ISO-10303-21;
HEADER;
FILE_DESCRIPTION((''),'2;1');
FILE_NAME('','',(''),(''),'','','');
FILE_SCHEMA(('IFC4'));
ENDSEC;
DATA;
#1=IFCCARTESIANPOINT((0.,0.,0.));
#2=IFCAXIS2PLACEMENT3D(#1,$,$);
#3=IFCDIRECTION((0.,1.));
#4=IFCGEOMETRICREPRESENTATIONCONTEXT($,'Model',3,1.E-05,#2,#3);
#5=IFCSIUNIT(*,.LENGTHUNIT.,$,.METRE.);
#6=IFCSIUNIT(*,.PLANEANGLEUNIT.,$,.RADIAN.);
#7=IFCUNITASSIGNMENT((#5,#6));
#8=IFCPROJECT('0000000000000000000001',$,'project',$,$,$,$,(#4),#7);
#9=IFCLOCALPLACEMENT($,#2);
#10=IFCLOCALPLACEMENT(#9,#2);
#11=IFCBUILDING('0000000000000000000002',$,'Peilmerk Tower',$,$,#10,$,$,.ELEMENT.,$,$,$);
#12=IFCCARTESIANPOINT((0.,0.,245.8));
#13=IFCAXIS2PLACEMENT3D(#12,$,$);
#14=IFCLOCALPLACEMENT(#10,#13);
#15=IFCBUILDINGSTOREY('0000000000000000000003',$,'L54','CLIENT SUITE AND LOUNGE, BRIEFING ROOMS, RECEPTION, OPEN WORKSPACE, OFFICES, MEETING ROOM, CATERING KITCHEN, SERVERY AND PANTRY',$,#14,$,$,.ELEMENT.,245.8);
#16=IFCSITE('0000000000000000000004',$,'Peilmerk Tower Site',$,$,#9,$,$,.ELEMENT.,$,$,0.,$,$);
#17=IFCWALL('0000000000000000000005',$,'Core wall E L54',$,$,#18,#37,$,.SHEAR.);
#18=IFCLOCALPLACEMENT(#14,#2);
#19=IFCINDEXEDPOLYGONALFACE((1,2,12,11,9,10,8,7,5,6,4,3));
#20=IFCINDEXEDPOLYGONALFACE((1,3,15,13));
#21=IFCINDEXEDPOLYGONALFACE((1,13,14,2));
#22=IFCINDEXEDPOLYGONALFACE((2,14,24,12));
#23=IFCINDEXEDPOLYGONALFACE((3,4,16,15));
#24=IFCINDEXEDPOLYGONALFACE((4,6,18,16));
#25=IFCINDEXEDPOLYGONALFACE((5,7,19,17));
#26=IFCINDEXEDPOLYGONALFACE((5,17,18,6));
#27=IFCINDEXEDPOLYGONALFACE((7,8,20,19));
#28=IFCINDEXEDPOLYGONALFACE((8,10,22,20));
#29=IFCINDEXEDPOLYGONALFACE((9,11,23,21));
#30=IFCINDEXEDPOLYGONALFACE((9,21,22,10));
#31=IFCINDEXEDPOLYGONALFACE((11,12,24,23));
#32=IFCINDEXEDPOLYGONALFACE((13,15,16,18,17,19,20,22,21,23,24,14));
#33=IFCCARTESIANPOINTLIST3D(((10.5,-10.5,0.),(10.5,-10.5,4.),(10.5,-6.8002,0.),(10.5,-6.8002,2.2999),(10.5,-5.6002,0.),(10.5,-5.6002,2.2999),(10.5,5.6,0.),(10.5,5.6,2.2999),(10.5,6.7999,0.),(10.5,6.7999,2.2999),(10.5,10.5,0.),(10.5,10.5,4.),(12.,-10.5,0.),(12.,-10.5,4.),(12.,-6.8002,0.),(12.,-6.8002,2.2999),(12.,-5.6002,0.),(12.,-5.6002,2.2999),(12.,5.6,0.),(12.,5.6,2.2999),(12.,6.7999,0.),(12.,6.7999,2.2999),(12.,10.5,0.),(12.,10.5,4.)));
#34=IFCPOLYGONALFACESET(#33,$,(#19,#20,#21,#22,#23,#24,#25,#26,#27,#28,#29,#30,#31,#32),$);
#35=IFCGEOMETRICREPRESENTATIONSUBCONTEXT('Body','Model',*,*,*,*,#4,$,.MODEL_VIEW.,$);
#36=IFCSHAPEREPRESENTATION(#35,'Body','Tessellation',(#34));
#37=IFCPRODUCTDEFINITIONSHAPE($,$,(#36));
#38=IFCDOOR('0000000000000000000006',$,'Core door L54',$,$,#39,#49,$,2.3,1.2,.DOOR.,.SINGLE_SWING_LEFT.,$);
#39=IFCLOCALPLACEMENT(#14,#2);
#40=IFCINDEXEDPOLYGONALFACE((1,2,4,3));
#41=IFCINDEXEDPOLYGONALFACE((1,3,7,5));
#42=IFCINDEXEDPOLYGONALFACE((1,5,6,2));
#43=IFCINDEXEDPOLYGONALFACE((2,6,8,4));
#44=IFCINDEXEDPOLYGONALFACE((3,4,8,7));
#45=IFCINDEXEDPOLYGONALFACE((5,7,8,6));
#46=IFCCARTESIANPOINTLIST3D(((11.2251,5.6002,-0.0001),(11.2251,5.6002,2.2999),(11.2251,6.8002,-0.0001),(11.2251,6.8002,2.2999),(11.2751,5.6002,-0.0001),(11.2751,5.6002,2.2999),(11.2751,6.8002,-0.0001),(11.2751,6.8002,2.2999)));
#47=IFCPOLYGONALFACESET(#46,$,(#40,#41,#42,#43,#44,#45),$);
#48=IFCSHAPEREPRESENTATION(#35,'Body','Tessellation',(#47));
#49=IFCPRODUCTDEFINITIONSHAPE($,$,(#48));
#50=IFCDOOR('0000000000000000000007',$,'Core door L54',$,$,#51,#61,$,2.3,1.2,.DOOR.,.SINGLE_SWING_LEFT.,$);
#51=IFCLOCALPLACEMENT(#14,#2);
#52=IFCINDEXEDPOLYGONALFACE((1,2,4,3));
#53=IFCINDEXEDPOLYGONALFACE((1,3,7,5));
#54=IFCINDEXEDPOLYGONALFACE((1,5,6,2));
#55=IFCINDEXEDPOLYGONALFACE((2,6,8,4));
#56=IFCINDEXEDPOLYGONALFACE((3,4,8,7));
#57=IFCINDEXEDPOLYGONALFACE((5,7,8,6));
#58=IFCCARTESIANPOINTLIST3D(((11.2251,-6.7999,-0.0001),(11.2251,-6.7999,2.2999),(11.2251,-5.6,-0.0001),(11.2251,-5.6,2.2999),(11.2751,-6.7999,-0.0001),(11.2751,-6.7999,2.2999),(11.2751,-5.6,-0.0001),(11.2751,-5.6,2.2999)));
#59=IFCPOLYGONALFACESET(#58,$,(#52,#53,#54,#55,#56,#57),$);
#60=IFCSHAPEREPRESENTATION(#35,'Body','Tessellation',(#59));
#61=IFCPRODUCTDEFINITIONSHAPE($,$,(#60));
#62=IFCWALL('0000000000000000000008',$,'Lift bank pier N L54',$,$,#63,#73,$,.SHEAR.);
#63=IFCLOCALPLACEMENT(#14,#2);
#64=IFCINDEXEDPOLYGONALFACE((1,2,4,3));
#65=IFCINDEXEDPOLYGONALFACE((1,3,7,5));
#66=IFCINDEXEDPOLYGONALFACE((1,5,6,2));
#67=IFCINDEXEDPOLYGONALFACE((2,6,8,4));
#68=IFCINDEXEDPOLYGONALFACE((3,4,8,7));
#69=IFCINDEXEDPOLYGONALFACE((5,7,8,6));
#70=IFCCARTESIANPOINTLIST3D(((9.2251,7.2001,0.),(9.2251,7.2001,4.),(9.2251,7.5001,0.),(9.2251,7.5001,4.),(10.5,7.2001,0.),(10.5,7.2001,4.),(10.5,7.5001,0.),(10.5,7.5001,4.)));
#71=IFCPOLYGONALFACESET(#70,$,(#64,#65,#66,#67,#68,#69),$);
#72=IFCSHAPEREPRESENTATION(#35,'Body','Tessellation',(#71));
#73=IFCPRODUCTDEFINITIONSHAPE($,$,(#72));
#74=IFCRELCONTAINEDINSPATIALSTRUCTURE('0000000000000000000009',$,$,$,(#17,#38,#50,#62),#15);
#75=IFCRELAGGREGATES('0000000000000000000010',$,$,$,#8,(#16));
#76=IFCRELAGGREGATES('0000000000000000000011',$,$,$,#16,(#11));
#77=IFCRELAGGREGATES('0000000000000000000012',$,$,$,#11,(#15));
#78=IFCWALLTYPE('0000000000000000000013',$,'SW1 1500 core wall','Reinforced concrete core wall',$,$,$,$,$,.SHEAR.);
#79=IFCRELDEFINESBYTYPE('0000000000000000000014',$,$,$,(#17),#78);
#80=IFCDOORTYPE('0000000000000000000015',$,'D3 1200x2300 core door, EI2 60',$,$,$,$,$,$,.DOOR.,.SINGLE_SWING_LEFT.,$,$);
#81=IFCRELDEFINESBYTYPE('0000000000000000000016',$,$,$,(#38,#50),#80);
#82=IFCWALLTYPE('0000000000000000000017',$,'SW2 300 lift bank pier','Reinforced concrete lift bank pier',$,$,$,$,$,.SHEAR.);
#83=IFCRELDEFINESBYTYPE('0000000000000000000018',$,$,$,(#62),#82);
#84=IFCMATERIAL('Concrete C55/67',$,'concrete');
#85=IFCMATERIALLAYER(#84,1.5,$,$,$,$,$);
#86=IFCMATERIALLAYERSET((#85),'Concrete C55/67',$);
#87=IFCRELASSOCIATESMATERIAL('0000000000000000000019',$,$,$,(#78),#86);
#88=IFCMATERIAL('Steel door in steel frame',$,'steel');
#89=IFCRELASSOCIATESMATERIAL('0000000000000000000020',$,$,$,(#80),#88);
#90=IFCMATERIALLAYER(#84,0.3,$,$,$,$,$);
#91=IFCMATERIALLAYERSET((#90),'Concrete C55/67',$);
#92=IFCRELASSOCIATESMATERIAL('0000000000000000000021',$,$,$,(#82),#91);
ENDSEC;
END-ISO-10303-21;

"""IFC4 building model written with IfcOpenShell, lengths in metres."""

from ifc_helpers import new_model, si_unit, direction, frame, frame_2d, origin, place, context, subcontext, project, spatial, rectangle, extrude, material, layer, layer_set, type_object, element, fill, save


model = new_model("IFC4")

# Units and contexts
model_context = context("Model", 3, precision=1e-05, world=origin(), true_north=direction((0.0, 1.0)))
body_context = subcontext(model_context, "Body", "Model", "MODEL_VIEW")
ifc_project = project(units=[si_unit("LENGTHUNIT", "METRE"), si_unit("PLANEANGLEUNIT", "RADIAN")], contexts=[model_context])

# Site, building, storey
site_placement = place(None, origin())
site = spatial("IfcSite", under=ifc_project, at=site_placement, Name="Peilmerk Tower Site", CompositionType="ELEMENT", RefElevation=0.0)
building_placement = place(site_placement, origin())
building = spatial("IfcBuilding", under=site, at=building_placement, Name="Peilmerk Tower", CompositionType="ELEMENT")
storey_placement = place(building_placement, frame((0.0, 0.0, 245.8)))
storey = spatial("IfcBuildingStorey", under=building, at=storey_placement, Name="L54", Description="CLIENT SUITE AND LOUNGE, BRIEFING ROOMS, RECEPTION, OPEN WORKSPACE, OFFICES, MEETING ROOM, CATERING KITCHEN, SERVERY AND PANTRY", CompositionType="ELEMENT", Elevation=245.8)

# Shared definitions
ifc_material_1 = material(Name="Steel door in steel frame", Category="steel")

# Wall, openings, doors
ifc_material_2 = material(Name="Concrete C55/67", Category="concrete")
ifc_layer_1 = layer(ifc_material_2, 1.5)
ifc_layer_set_1 = layer_set([ifc_layer_1], Name="Concrete C55/67")
wall_type_1 = type_object("IfcWallType", Name="SW1 1500 core wall", Description="Reinforced concrete core wall", PredefinedType="SHEAR", material=ifc_layer_set_1)
wall_1_placement = place(storey_placement, frame((11.25, 10.5, 0.0), z_axis=(0.0, 0.0, 1.0), x_axis=(0.0, -1.0, 0.0)))
wall_1 = element("IfcWall", 1, at=wall_1_placement, inside=storey, type_object=wall_type_1, Name="Core wall E L54", PredefinedType="SHEAR", context=body_context, shape_type="SweptSolid", body=[
    extrude(rectangle(XDim=21.0, YDim=1.5, at=frame_2d((10.5, 0.0))), origin(), (0.0, 0.0, 1.0), 4.0),
])
opening_1_placement = place(wall_1_placement, frame((3.7, 0.0, 0.0)))
opening_1 = element("IfcOpeningElement", 2, at=opening_1_placement, cuts=wall_1, PredefinedType="OPENING", context=body_context, shape_type="SweptSolid", body=[
    extrude(rectangle(XDim=1.2, YDim=2.3, at=frame_2d((0.6001, 1.1499))), frame((0.0, 0.76, 0.0), z_axis=(0.0, -1.0, 0.0), x_axis=(1.0, 0.0, 0.0)), (0.0, 0.0, 1.0), 1.52),
])
opening_2_placement = place(wall_1_placement, frame((16.1001, 0.0, 0.0)))
opening_2 = element("IfcOpeningElement", 3, at=opening_2_placement, cuts=wall_1, PredefinedType="OPENING", context=body_context, shape_type="SweptSolid", body=[
    extrude(rectangle(XDim=1.2, YDim=2.3, at=frame_2d((0.6001, 1.1499))), frame((0.0, 0.76, 0.0), z_axis=(0.0, -1.0, 0.0), x_axis=(1.0, 0.0, 0.0)), (0.0, 0.0, 1.0), 1.52),
])
door_type_1 = type_object("IfcDoorType", Name="D3 1200x2300 core door, EI2 60", OperationType="SINGLE_SWING_LEFT", PredefinedType="DOOR", material=ifc_material_1)
door_1_placement = place(opening_1_placement, frame((1.2, 0.0, 0.0), z_axis=(0.0, 0.0, 1.0), x_axis=(-1.0, 0.0, 0.0)))
door_1 = element("IfcDoor", 4, at=door_1_placement, inside=storey, type_object=door_type_1, Name="Core door L54", OperationType="SINGLE_SWING_LEFT", OverallHeight=2.3, OverallWidth=1.2, PredefinedType="DOOR", context=body_context, shape_type="SweptSolid", body=[
    extrude(rectangle(XDim=1.2, YDim=2.3, at=frame_2d((0.6001, 1.1499))), frame((0.0, 0.0249, 0.0), z_axis=(0.0, -1.0, 0.0), x_axis=(1.0, 0.0, 0.0)), (0.0, 0.0, 1.0), 0.05),
])
fill(opening_1, door_1)
door_2_placement = place(opening_2_placement, frame((1.2, 0.0, 0.0), z_axis=(0.0, 0.0, 1.0), x_axis=(-1.0, 0.0, 0.0)))
door_2 = element("IfcDoor", 5, at=door_2_placement, inside=storey, type_object=door_type_1, Name="Core door L54", OperationType="SINGLE_SWING_LEFT", OverallHeight=2.3, OverallWidth=1.2, PredefinedType="DOOR", context=body_context, shape_type="SweptSolid", body=[
    extrude(rectangle(XDim=1.2, YDim=2.3, at=frame_2d((0.6001, 1.1499))), frame((0.0, 0.0249, 0.0), z_axis=(0.0, -1.0, 0.0), x_axis=(1.0, 0.0, 0.0)), (0.0, 0.0, 1.0), 0.05),
])
fill(opening_2, door_2)

# Wall
ifc_layer_2 = layer(ifc_material_2, 0.3)
ifc_layer_set_2 = layer_set([ifc_layer_2], Name="Concrete C55/67")
wall_type_2 = type_object("IfcWallType", Name="SW2 300 lift bank pier", Description="Reinforced concrete lift bank pier", PredefinedType="SHEAR", material=ifc_layer_set_2)
wall_2_placement = place(storey_placement, frame((9.2251, 7.3501, 0.0), z_axis=(0.0, 0.0, 1.0), x_axis=(1.0, 0.0, 0.0)))
element("IfcWall", 6, at=wall_2_placement, inside=storey, type_object=wall_type_2, Name="Lift bank pier N L54", PredefinedType="SHEAR", context=body_context, shape_type="SweptSolid", body=[
    extrude(rectangle(XDim=1.2749, YDim=0.3, at=frame_2d((0.6375, 0.0))), origin(), (0.0, 0.0, 1.0), 4.0),
])

save(model, "model.ifc")
